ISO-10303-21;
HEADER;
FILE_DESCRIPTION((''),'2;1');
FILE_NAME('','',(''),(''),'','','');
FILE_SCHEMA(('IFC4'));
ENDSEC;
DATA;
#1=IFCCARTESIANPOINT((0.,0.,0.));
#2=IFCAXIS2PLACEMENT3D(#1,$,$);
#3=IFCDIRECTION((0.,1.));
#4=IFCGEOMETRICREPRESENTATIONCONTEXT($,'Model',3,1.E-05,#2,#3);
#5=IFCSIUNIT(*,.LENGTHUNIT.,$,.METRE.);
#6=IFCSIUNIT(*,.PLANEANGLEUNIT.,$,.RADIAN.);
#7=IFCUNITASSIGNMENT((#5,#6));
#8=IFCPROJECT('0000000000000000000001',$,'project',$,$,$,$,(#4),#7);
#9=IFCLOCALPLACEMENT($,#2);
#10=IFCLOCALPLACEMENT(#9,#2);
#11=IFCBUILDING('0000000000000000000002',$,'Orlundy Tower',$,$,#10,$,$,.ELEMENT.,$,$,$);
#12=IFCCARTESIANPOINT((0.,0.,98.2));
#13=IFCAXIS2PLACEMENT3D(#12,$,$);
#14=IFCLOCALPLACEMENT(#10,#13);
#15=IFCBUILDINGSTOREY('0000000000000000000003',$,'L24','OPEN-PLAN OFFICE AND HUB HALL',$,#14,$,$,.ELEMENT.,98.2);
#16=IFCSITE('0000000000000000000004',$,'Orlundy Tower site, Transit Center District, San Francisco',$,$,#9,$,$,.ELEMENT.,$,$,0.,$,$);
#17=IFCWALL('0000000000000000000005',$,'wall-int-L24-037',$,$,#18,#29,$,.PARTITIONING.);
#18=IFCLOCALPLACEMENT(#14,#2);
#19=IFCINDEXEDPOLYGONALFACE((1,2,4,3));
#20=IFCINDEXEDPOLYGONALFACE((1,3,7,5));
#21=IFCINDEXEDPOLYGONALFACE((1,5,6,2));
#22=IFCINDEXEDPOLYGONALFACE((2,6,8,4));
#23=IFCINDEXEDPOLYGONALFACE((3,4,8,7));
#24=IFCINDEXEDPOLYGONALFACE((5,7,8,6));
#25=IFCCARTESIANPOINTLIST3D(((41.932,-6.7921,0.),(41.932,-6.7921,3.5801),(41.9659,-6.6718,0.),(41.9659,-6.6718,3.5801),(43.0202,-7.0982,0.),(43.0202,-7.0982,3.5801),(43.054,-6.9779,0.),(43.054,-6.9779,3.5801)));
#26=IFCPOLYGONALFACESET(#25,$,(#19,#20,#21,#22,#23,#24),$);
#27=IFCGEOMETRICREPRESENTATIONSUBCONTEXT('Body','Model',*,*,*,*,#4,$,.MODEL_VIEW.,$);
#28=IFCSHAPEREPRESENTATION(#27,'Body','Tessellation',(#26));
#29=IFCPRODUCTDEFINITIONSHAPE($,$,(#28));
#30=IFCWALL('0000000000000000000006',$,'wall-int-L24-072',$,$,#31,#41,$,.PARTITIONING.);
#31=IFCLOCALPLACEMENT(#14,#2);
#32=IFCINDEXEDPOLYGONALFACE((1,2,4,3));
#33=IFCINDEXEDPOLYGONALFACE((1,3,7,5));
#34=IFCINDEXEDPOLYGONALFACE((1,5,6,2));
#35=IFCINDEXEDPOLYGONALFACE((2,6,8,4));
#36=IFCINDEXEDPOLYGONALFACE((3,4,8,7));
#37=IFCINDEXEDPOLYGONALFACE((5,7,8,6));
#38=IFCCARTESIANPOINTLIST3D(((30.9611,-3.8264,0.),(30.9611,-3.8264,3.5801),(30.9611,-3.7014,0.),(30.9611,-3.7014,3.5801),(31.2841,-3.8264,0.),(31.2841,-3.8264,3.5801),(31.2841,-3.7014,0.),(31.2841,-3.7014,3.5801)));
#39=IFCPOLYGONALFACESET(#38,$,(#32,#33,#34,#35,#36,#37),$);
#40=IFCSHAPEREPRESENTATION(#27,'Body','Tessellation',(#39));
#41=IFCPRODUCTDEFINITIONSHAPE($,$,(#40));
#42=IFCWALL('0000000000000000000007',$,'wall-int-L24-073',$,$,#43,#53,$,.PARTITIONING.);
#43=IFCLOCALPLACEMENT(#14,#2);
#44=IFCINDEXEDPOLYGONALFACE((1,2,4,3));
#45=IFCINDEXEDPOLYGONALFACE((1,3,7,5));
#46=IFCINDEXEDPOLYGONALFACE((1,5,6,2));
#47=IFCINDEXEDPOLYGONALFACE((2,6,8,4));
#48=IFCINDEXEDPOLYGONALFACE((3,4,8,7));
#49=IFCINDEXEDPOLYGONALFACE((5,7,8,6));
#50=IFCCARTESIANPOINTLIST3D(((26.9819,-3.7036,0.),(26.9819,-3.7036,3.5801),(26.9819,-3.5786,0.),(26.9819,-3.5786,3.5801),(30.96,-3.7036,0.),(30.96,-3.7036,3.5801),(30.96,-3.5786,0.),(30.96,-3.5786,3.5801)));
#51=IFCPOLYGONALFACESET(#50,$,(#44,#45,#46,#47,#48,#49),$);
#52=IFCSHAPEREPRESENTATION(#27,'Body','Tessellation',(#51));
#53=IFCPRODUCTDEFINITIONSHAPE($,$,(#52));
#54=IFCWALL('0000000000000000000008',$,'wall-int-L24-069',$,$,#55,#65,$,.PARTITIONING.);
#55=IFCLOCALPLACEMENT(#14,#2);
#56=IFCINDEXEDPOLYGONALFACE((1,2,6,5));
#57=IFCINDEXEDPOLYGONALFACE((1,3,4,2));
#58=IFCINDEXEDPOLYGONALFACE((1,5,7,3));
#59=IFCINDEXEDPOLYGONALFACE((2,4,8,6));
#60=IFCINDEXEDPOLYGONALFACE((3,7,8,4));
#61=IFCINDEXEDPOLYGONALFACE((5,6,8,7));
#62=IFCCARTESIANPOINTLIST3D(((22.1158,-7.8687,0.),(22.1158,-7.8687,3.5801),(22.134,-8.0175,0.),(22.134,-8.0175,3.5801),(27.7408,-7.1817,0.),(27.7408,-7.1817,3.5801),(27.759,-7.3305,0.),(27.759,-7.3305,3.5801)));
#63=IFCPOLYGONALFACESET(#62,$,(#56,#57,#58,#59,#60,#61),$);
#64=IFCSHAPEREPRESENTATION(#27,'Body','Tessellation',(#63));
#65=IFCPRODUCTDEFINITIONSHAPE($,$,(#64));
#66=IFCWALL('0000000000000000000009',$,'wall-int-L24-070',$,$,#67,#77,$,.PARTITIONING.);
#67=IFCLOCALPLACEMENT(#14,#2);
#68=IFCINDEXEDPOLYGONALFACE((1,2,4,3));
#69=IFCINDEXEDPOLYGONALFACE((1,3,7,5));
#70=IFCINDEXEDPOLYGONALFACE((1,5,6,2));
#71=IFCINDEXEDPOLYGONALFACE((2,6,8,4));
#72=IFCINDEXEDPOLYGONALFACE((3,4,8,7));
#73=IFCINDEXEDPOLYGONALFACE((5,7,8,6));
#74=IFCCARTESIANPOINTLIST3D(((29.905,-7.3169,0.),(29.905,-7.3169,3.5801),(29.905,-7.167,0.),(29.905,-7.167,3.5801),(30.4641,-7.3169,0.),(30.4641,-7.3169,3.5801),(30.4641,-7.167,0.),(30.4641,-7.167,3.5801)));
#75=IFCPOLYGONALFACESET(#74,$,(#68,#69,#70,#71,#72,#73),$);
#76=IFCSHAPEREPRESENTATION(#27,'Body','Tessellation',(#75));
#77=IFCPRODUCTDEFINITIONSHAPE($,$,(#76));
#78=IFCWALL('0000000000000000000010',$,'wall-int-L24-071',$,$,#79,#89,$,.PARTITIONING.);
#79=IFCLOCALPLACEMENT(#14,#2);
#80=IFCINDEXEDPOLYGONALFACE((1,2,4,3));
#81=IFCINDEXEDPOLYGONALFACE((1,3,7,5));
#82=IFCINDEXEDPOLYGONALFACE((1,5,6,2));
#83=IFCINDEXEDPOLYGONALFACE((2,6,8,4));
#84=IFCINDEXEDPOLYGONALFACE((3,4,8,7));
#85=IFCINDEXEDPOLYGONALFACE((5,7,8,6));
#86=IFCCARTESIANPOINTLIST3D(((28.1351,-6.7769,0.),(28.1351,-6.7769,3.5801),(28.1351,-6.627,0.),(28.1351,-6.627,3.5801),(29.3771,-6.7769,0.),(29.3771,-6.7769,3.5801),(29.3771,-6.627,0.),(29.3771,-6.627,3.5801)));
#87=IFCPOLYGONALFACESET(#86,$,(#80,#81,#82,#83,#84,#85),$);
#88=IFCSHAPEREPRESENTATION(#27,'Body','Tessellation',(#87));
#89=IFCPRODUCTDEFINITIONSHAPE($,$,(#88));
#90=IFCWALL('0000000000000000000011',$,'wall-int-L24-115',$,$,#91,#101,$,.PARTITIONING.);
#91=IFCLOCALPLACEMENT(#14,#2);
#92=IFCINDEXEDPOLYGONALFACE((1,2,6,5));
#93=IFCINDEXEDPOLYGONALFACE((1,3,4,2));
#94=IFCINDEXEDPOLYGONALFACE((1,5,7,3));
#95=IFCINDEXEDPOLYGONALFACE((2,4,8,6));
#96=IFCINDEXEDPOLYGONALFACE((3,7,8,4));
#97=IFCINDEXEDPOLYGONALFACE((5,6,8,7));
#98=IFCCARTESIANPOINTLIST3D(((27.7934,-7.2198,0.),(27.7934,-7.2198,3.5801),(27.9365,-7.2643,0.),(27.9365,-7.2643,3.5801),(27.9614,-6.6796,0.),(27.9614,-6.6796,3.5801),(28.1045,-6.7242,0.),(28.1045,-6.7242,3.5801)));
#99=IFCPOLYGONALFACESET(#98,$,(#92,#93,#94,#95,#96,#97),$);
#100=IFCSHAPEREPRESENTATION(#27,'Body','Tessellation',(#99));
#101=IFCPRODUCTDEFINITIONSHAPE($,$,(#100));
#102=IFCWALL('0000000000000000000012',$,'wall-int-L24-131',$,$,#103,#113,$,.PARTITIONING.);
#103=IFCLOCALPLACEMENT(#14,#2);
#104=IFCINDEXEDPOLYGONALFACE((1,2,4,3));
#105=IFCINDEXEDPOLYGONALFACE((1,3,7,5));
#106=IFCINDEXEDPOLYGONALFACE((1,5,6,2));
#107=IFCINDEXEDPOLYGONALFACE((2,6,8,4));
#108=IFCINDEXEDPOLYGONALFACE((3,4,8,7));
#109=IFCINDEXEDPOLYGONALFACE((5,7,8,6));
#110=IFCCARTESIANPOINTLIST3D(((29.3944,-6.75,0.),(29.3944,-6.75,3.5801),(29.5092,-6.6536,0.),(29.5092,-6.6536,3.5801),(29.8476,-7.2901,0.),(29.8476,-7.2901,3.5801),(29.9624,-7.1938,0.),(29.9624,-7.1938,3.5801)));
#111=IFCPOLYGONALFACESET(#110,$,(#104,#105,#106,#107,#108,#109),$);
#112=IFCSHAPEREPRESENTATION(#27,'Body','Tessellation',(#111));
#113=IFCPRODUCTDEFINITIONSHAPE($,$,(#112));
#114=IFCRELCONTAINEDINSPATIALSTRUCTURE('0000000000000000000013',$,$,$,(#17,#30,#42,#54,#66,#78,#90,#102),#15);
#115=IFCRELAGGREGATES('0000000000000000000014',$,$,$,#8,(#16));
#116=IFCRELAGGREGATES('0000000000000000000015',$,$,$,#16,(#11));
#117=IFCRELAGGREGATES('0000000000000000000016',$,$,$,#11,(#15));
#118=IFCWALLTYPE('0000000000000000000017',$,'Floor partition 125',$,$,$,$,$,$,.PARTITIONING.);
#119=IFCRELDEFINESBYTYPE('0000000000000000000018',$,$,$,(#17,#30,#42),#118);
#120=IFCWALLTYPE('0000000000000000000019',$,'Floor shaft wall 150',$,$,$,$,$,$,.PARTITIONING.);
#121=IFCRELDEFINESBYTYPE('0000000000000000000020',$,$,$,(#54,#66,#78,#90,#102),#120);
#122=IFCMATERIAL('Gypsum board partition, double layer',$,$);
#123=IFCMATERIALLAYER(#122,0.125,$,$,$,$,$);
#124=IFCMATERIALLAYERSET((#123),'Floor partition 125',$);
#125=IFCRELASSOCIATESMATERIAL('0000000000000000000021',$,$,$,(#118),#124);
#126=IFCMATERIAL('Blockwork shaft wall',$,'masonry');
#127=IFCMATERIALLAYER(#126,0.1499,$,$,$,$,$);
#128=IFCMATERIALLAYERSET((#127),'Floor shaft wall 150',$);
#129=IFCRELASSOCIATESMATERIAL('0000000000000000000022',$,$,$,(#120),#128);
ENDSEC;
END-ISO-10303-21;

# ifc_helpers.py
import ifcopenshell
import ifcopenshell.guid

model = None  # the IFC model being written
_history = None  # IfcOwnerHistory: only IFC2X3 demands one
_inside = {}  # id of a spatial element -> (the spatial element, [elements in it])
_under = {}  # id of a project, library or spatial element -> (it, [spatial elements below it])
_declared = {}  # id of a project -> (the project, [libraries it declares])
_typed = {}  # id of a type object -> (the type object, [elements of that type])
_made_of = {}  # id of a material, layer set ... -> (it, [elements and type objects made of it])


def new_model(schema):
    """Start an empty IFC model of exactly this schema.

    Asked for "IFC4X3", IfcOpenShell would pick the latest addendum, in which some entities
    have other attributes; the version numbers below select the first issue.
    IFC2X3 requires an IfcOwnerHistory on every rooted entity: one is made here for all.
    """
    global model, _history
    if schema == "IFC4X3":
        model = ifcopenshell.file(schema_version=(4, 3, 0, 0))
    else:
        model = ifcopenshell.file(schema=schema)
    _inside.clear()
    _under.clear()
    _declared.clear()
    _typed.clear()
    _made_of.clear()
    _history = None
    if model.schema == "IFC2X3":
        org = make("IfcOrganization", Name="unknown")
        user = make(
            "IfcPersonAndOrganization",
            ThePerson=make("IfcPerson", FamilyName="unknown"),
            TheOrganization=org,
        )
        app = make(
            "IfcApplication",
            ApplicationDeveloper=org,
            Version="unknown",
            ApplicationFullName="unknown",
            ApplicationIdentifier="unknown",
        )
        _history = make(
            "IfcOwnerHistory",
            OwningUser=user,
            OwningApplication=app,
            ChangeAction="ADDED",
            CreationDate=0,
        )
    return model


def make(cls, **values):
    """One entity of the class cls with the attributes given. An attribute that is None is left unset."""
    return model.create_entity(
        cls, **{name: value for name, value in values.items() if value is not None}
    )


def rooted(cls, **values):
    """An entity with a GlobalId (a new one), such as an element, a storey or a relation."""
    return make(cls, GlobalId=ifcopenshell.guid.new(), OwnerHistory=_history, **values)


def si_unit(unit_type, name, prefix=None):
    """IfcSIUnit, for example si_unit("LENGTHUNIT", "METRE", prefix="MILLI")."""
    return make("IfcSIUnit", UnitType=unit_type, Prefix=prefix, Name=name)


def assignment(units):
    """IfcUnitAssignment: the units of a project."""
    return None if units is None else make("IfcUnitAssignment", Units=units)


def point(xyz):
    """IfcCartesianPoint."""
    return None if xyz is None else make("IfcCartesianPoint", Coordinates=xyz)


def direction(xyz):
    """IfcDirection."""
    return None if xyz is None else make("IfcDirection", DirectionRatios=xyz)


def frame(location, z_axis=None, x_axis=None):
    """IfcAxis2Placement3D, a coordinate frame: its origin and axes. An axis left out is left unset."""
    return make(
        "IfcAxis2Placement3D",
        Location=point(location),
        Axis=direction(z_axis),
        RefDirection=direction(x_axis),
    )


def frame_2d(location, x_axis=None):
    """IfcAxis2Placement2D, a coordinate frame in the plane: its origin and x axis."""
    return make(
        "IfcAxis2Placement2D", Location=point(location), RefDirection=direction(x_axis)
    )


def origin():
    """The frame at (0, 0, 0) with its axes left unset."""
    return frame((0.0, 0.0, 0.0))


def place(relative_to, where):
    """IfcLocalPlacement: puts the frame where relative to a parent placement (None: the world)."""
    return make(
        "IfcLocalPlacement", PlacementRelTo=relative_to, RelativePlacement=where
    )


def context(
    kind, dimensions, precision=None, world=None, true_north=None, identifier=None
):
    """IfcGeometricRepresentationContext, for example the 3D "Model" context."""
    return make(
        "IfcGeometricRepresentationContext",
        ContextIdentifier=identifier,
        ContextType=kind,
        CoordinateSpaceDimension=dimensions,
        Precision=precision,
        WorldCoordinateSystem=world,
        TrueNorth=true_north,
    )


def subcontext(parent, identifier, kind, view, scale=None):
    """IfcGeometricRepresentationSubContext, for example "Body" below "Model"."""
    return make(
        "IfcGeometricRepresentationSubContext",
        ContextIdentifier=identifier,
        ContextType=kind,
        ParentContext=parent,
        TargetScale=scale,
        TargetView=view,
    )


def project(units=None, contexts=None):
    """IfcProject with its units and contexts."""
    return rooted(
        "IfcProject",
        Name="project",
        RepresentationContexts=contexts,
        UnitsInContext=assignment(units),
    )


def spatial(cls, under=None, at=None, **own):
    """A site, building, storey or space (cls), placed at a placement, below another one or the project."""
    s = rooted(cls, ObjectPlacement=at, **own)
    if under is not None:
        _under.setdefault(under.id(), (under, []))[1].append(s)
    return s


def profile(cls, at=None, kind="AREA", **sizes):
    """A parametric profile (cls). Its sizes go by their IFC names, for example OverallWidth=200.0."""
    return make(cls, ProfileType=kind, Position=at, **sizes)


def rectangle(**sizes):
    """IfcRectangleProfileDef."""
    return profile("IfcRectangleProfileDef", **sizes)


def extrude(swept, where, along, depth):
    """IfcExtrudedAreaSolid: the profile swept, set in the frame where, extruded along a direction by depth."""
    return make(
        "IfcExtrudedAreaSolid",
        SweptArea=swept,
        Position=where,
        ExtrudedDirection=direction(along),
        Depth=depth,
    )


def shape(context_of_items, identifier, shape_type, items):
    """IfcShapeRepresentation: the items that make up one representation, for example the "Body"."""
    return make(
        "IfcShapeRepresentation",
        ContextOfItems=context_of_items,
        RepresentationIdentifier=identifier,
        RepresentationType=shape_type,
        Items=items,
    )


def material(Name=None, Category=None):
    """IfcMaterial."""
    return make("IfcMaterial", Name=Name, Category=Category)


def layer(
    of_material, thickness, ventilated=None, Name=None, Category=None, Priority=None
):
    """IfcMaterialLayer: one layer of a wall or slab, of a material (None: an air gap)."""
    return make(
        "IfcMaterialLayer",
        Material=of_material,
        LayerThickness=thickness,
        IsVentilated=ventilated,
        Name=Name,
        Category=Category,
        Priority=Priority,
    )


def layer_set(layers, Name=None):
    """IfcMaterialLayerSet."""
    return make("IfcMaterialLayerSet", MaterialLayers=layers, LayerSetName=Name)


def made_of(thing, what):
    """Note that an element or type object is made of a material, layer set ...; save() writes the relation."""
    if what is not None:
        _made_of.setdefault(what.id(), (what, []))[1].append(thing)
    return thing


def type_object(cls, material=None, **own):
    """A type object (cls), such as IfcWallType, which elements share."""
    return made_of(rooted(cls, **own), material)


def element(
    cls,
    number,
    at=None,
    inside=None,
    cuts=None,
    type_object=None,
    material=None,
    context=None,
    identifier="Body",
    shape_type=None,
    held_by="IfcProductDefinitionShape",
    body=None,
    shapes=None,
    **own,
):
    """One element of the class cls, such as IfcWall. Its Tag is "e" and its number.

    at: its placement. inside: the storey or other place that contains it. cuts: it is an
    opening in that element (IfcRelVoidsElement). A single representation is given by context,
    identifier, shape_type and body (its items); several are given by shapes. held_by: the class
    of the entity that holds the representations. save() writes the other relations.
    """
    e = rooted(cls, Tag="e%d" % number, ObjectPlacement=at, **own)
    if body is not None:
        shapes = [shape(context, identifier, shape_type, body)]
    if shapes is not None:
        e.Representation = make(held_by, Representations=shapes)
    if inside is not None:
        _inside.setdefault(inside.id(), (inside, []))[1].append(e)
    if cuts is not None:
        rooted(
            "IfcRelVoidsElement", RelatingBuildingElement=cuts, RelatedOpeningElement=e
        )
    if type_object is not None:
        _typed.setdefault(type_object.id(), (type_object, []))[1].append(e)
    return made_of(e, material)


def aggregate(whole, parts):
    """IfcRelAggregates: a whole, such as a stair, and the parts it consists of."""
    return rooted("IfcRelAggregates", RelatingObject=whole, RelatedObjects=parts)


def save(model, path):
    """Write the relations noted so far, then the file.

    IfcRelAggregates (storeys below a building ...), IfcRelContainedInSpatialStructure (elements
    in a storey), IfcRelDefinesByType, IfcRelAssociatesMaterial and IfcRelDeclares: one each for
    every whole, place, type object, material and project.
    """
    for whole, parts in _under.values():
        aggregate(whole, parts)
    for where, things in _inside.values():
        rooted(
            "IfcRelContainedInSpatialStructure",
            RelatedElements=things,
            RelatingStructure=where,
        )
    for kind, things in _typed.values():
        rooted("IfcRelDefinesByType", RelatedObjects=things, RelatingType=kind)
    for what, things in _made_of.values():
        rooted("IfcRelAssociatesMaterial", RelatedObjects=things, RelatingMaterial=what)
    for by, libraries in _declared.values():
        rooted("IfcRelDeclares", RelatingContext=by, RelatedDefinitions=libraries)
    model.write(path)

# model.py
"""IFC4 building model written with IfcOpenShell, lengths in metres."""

from ifc_helpers import new_model, si_unit, direction, frame, frame_2d, origin, place, context, subcontext, project, spatial, rectangle, extrude, material, layer, layer_set, type_object, element, save


model = new_model("IFC4")

# Units and contexts
model_context = context("Model", 3, precision=1e-05, world=origin(), true_north=direction((0.0, 1.0)))
body_context = subcontext(model_context, "Body", "Model", "MODEL_VIEW")
ifc_project = project(units=[si_unit("LENGTHUNIT", "METRE"), si_unit("PLANEANGLEUNIT", "RADIAN")], contexts=[model_context])

# Site, building, storey
site_placement = place(None, origin())
site = spatial("IfcSite", under=ifc_project, at=site_placement, Name="Orlundy Tower site, Transit Center District, San Francisco", CompositionType="ELEMENT", RefElevation=0.0)
building_placement = place(site_placement, origin())
building = spatial("IfcBuilding", under=site, at=building_placement, Name="Orlundy Tower", CompositionType="ELEMENT")
storey_placement = place(building_placement, frame((0.0, 0.0, 98.2)))
storey = spatial("IfcBuildingStorey", under=building, at=storey_placement, Name="L24", Description="OPEN-PLAN OFFICE AND HUB HALL", CompositionType="ELEMENT", Elevation=98.2)

# Shared definitions
ifc_material_1 = material(Name="Gypsum board partition, double layer")
ifc_layer_1 = layer(ifc_material_1, 0.125)
ifc_layer_set_1 = layer_set([ifc_layer_1], Name="Floor partition 125")
wall_type_1 = type_object("IfcWallType", Name="Floor partition 125", PredefinedType="PARTITIONING", material=ifc_layer_set_1)

# Walls
wall_1_placement = place(storey_placement, frame((41.949, -6.7319, 0.0), z_axis=(0.0, 0.0, 1.0), x_axis=(0.962625, -0.270839, 0.0)))
element("IfcWall", 1, at=wall_1_placement, inside=storey, type_object=wall_type_1, Name="wall-int-L24-037", PredefinedType="PARTITIONING", context=body_context, shape_type="SweptSolid", body=[
    extrude(rectangle(XDim=1.1304, YDim=0.125, at=frame_2d((0.5652, 0.0))), origin(), (0.0, 0.0, 1.0), 3.5801),
])
wall_2_placement = place(storey_placement, frame((30.9609, -3.7639, 0.0), z_axis=(0.0, 0.0, 1.0), x_axis=(1.0, 0.0, 0.0)))
element("IfcWall", 2, at=wall_2_placement, inside=storey, type_object=wall_type_1, Name="wall-int-L24-072", PredefinedType="PARTITIONING", context=body_context, shape_type="SweptSolid", body=[
    extrude(rectangle(XDim=0.323, YDim=0.125, at=frame_2d((0.1616, 0.0))), origin(), (0.0, 0.0, 1.0), 3.5801),
])
wall_3_placement = place(storey_placement, frame((26.9819, -3.6411, 0.0), z_axis=(0.0, 0.0, 1.0), x_axis=(1.0, 0.0, 0.0)))
element("IfcWall", 3, at=wall_3_placement, inside=storey, type_object=wall_type_1, Name="wall-int-L24-073", PredefinedType="PARTITIONING", context=body_context, shape_type="SweptSolid", body=[
    extrude(rectangle(XDim=3.978, YDim=0.125, at=frame_2d((1.989, 0.0))), origin(), (0.0, 0.0, 1.0), 3.5801),
])
ifc_material_2 = material(Name="Blockwork shaft wall", Category="masonry")
ifc_layer_2 = layer(ifc_material_2, 0.1499)
ifc_layer_set_2 = layer_set([ifc_layer_2], Name="Floor shaft wall 150")
wall_type_2 = type_object("IfcWallType", Name="Floor shaft wall 150", PredefinedType="PARTITIONING", material=ifc_layer_set_2)
wall_4_placement = place(storey_placement, frame((27.75, -7.2561, 0.0), z_axis=(0.0, 0.0, 1.0), x_axis=(-0.992624, -0.121235, 0.0)))
element("IfcWall", 4, at=wall_4_placement, inside=storey, type_object=wall_type_2, Name="wall-int-L24-069", PredefinedType="PARTITIONING", context=body_context, shape_type="SweptSolid", body=[
    extrude(rectangle(XDim=5.6667, YDim=0.1499, at=frame_2d((2.8335, 0.0))), origin(), (0.0, 0.0, 1.0), 3.5801),
])
wall_5_placement = place(storey_placement, frame((29.905, -7.2419, 0.0), z_axis=(0.0, 0.0, 1.0), x_axis=(1.0, 0.0, 0.0)))
element("IfcWall", 5, at=wall_5_placement, inside=storey, type_object=wall_type_2, Name="wall-int-L24-070", PredefinedType="PARTITIONING", context=body_context, shape_type="SweptSolid", body=[
    extrude(rectangle(XDim=0.5591, YDim=0.1499, at=frame_2d((0.2795, 0.0))), origin(), (0.0, 0.0, 1.0), 3.5801),
])
wall_6_placement = place(storey_placement, frame((28.135, -6.7019, 0.0), z_axis=(0.0, 0.0, 1.0), x_axis=(1.0, 0.0, 0.0)))
element("IfcWall", 6, at=wall_6_placement, inside=storey, type_object=wall_type_2, Name="wall-int-L24-071", PredefinedType="PARTITIONING", context=body_context, shape_type="SweptSolid", body=[
    extrude(rectangle(XDim=1.2419, YDim=0.1499, at=frame_2d((0.6211, 0.0))), origin(), (0.0, 0.0, 1.0), 3.5801),
])
wall_7_placement = place(storey_placement, frame((27.865, -7.2419, 0.0), z_axis=(0.0, 0.0, 1.0), x_axis=(0.296997, 0.954879, 0.0)))
element("IfcWall", 7, at=wall_7_placement, inside=storey, type_object=wall_type_2, Name="wall-int-L24-115", PredefinedType="PARTITIONING", context=body_context, shape_type="SweptSolid", body=[
    extrude(rectangle(XDim=0.5657, YDim=0.1499, at=frame_2d((0.2827, 0.0))), origin(), (0.0, 0.0, 1.0), 3.5801),
])
wall_8_placement = place(storey_placement, frame((29.905, -7.2419, 0.0), z_axis=(0.0, 0.0, 1.0), x_axis=(-0.64277, 0.76606, 0.0)))
element("IfcWall", 8, at=wall_8_placement, inside=storey, type_object=wall_type_2, Name="wall-int-L24-131", PredefinedType="PARTITIONING", context=body_context, shape_type="SweptSolid", body=[
    extrude(rectangle(XDim=0.7051, YDim=0.1499, at=frame_2d((0.3525, 0.0))), origin(), (0.0, 0.0, 1.0), 3.5801),
])

save(model, "model.ifc")
